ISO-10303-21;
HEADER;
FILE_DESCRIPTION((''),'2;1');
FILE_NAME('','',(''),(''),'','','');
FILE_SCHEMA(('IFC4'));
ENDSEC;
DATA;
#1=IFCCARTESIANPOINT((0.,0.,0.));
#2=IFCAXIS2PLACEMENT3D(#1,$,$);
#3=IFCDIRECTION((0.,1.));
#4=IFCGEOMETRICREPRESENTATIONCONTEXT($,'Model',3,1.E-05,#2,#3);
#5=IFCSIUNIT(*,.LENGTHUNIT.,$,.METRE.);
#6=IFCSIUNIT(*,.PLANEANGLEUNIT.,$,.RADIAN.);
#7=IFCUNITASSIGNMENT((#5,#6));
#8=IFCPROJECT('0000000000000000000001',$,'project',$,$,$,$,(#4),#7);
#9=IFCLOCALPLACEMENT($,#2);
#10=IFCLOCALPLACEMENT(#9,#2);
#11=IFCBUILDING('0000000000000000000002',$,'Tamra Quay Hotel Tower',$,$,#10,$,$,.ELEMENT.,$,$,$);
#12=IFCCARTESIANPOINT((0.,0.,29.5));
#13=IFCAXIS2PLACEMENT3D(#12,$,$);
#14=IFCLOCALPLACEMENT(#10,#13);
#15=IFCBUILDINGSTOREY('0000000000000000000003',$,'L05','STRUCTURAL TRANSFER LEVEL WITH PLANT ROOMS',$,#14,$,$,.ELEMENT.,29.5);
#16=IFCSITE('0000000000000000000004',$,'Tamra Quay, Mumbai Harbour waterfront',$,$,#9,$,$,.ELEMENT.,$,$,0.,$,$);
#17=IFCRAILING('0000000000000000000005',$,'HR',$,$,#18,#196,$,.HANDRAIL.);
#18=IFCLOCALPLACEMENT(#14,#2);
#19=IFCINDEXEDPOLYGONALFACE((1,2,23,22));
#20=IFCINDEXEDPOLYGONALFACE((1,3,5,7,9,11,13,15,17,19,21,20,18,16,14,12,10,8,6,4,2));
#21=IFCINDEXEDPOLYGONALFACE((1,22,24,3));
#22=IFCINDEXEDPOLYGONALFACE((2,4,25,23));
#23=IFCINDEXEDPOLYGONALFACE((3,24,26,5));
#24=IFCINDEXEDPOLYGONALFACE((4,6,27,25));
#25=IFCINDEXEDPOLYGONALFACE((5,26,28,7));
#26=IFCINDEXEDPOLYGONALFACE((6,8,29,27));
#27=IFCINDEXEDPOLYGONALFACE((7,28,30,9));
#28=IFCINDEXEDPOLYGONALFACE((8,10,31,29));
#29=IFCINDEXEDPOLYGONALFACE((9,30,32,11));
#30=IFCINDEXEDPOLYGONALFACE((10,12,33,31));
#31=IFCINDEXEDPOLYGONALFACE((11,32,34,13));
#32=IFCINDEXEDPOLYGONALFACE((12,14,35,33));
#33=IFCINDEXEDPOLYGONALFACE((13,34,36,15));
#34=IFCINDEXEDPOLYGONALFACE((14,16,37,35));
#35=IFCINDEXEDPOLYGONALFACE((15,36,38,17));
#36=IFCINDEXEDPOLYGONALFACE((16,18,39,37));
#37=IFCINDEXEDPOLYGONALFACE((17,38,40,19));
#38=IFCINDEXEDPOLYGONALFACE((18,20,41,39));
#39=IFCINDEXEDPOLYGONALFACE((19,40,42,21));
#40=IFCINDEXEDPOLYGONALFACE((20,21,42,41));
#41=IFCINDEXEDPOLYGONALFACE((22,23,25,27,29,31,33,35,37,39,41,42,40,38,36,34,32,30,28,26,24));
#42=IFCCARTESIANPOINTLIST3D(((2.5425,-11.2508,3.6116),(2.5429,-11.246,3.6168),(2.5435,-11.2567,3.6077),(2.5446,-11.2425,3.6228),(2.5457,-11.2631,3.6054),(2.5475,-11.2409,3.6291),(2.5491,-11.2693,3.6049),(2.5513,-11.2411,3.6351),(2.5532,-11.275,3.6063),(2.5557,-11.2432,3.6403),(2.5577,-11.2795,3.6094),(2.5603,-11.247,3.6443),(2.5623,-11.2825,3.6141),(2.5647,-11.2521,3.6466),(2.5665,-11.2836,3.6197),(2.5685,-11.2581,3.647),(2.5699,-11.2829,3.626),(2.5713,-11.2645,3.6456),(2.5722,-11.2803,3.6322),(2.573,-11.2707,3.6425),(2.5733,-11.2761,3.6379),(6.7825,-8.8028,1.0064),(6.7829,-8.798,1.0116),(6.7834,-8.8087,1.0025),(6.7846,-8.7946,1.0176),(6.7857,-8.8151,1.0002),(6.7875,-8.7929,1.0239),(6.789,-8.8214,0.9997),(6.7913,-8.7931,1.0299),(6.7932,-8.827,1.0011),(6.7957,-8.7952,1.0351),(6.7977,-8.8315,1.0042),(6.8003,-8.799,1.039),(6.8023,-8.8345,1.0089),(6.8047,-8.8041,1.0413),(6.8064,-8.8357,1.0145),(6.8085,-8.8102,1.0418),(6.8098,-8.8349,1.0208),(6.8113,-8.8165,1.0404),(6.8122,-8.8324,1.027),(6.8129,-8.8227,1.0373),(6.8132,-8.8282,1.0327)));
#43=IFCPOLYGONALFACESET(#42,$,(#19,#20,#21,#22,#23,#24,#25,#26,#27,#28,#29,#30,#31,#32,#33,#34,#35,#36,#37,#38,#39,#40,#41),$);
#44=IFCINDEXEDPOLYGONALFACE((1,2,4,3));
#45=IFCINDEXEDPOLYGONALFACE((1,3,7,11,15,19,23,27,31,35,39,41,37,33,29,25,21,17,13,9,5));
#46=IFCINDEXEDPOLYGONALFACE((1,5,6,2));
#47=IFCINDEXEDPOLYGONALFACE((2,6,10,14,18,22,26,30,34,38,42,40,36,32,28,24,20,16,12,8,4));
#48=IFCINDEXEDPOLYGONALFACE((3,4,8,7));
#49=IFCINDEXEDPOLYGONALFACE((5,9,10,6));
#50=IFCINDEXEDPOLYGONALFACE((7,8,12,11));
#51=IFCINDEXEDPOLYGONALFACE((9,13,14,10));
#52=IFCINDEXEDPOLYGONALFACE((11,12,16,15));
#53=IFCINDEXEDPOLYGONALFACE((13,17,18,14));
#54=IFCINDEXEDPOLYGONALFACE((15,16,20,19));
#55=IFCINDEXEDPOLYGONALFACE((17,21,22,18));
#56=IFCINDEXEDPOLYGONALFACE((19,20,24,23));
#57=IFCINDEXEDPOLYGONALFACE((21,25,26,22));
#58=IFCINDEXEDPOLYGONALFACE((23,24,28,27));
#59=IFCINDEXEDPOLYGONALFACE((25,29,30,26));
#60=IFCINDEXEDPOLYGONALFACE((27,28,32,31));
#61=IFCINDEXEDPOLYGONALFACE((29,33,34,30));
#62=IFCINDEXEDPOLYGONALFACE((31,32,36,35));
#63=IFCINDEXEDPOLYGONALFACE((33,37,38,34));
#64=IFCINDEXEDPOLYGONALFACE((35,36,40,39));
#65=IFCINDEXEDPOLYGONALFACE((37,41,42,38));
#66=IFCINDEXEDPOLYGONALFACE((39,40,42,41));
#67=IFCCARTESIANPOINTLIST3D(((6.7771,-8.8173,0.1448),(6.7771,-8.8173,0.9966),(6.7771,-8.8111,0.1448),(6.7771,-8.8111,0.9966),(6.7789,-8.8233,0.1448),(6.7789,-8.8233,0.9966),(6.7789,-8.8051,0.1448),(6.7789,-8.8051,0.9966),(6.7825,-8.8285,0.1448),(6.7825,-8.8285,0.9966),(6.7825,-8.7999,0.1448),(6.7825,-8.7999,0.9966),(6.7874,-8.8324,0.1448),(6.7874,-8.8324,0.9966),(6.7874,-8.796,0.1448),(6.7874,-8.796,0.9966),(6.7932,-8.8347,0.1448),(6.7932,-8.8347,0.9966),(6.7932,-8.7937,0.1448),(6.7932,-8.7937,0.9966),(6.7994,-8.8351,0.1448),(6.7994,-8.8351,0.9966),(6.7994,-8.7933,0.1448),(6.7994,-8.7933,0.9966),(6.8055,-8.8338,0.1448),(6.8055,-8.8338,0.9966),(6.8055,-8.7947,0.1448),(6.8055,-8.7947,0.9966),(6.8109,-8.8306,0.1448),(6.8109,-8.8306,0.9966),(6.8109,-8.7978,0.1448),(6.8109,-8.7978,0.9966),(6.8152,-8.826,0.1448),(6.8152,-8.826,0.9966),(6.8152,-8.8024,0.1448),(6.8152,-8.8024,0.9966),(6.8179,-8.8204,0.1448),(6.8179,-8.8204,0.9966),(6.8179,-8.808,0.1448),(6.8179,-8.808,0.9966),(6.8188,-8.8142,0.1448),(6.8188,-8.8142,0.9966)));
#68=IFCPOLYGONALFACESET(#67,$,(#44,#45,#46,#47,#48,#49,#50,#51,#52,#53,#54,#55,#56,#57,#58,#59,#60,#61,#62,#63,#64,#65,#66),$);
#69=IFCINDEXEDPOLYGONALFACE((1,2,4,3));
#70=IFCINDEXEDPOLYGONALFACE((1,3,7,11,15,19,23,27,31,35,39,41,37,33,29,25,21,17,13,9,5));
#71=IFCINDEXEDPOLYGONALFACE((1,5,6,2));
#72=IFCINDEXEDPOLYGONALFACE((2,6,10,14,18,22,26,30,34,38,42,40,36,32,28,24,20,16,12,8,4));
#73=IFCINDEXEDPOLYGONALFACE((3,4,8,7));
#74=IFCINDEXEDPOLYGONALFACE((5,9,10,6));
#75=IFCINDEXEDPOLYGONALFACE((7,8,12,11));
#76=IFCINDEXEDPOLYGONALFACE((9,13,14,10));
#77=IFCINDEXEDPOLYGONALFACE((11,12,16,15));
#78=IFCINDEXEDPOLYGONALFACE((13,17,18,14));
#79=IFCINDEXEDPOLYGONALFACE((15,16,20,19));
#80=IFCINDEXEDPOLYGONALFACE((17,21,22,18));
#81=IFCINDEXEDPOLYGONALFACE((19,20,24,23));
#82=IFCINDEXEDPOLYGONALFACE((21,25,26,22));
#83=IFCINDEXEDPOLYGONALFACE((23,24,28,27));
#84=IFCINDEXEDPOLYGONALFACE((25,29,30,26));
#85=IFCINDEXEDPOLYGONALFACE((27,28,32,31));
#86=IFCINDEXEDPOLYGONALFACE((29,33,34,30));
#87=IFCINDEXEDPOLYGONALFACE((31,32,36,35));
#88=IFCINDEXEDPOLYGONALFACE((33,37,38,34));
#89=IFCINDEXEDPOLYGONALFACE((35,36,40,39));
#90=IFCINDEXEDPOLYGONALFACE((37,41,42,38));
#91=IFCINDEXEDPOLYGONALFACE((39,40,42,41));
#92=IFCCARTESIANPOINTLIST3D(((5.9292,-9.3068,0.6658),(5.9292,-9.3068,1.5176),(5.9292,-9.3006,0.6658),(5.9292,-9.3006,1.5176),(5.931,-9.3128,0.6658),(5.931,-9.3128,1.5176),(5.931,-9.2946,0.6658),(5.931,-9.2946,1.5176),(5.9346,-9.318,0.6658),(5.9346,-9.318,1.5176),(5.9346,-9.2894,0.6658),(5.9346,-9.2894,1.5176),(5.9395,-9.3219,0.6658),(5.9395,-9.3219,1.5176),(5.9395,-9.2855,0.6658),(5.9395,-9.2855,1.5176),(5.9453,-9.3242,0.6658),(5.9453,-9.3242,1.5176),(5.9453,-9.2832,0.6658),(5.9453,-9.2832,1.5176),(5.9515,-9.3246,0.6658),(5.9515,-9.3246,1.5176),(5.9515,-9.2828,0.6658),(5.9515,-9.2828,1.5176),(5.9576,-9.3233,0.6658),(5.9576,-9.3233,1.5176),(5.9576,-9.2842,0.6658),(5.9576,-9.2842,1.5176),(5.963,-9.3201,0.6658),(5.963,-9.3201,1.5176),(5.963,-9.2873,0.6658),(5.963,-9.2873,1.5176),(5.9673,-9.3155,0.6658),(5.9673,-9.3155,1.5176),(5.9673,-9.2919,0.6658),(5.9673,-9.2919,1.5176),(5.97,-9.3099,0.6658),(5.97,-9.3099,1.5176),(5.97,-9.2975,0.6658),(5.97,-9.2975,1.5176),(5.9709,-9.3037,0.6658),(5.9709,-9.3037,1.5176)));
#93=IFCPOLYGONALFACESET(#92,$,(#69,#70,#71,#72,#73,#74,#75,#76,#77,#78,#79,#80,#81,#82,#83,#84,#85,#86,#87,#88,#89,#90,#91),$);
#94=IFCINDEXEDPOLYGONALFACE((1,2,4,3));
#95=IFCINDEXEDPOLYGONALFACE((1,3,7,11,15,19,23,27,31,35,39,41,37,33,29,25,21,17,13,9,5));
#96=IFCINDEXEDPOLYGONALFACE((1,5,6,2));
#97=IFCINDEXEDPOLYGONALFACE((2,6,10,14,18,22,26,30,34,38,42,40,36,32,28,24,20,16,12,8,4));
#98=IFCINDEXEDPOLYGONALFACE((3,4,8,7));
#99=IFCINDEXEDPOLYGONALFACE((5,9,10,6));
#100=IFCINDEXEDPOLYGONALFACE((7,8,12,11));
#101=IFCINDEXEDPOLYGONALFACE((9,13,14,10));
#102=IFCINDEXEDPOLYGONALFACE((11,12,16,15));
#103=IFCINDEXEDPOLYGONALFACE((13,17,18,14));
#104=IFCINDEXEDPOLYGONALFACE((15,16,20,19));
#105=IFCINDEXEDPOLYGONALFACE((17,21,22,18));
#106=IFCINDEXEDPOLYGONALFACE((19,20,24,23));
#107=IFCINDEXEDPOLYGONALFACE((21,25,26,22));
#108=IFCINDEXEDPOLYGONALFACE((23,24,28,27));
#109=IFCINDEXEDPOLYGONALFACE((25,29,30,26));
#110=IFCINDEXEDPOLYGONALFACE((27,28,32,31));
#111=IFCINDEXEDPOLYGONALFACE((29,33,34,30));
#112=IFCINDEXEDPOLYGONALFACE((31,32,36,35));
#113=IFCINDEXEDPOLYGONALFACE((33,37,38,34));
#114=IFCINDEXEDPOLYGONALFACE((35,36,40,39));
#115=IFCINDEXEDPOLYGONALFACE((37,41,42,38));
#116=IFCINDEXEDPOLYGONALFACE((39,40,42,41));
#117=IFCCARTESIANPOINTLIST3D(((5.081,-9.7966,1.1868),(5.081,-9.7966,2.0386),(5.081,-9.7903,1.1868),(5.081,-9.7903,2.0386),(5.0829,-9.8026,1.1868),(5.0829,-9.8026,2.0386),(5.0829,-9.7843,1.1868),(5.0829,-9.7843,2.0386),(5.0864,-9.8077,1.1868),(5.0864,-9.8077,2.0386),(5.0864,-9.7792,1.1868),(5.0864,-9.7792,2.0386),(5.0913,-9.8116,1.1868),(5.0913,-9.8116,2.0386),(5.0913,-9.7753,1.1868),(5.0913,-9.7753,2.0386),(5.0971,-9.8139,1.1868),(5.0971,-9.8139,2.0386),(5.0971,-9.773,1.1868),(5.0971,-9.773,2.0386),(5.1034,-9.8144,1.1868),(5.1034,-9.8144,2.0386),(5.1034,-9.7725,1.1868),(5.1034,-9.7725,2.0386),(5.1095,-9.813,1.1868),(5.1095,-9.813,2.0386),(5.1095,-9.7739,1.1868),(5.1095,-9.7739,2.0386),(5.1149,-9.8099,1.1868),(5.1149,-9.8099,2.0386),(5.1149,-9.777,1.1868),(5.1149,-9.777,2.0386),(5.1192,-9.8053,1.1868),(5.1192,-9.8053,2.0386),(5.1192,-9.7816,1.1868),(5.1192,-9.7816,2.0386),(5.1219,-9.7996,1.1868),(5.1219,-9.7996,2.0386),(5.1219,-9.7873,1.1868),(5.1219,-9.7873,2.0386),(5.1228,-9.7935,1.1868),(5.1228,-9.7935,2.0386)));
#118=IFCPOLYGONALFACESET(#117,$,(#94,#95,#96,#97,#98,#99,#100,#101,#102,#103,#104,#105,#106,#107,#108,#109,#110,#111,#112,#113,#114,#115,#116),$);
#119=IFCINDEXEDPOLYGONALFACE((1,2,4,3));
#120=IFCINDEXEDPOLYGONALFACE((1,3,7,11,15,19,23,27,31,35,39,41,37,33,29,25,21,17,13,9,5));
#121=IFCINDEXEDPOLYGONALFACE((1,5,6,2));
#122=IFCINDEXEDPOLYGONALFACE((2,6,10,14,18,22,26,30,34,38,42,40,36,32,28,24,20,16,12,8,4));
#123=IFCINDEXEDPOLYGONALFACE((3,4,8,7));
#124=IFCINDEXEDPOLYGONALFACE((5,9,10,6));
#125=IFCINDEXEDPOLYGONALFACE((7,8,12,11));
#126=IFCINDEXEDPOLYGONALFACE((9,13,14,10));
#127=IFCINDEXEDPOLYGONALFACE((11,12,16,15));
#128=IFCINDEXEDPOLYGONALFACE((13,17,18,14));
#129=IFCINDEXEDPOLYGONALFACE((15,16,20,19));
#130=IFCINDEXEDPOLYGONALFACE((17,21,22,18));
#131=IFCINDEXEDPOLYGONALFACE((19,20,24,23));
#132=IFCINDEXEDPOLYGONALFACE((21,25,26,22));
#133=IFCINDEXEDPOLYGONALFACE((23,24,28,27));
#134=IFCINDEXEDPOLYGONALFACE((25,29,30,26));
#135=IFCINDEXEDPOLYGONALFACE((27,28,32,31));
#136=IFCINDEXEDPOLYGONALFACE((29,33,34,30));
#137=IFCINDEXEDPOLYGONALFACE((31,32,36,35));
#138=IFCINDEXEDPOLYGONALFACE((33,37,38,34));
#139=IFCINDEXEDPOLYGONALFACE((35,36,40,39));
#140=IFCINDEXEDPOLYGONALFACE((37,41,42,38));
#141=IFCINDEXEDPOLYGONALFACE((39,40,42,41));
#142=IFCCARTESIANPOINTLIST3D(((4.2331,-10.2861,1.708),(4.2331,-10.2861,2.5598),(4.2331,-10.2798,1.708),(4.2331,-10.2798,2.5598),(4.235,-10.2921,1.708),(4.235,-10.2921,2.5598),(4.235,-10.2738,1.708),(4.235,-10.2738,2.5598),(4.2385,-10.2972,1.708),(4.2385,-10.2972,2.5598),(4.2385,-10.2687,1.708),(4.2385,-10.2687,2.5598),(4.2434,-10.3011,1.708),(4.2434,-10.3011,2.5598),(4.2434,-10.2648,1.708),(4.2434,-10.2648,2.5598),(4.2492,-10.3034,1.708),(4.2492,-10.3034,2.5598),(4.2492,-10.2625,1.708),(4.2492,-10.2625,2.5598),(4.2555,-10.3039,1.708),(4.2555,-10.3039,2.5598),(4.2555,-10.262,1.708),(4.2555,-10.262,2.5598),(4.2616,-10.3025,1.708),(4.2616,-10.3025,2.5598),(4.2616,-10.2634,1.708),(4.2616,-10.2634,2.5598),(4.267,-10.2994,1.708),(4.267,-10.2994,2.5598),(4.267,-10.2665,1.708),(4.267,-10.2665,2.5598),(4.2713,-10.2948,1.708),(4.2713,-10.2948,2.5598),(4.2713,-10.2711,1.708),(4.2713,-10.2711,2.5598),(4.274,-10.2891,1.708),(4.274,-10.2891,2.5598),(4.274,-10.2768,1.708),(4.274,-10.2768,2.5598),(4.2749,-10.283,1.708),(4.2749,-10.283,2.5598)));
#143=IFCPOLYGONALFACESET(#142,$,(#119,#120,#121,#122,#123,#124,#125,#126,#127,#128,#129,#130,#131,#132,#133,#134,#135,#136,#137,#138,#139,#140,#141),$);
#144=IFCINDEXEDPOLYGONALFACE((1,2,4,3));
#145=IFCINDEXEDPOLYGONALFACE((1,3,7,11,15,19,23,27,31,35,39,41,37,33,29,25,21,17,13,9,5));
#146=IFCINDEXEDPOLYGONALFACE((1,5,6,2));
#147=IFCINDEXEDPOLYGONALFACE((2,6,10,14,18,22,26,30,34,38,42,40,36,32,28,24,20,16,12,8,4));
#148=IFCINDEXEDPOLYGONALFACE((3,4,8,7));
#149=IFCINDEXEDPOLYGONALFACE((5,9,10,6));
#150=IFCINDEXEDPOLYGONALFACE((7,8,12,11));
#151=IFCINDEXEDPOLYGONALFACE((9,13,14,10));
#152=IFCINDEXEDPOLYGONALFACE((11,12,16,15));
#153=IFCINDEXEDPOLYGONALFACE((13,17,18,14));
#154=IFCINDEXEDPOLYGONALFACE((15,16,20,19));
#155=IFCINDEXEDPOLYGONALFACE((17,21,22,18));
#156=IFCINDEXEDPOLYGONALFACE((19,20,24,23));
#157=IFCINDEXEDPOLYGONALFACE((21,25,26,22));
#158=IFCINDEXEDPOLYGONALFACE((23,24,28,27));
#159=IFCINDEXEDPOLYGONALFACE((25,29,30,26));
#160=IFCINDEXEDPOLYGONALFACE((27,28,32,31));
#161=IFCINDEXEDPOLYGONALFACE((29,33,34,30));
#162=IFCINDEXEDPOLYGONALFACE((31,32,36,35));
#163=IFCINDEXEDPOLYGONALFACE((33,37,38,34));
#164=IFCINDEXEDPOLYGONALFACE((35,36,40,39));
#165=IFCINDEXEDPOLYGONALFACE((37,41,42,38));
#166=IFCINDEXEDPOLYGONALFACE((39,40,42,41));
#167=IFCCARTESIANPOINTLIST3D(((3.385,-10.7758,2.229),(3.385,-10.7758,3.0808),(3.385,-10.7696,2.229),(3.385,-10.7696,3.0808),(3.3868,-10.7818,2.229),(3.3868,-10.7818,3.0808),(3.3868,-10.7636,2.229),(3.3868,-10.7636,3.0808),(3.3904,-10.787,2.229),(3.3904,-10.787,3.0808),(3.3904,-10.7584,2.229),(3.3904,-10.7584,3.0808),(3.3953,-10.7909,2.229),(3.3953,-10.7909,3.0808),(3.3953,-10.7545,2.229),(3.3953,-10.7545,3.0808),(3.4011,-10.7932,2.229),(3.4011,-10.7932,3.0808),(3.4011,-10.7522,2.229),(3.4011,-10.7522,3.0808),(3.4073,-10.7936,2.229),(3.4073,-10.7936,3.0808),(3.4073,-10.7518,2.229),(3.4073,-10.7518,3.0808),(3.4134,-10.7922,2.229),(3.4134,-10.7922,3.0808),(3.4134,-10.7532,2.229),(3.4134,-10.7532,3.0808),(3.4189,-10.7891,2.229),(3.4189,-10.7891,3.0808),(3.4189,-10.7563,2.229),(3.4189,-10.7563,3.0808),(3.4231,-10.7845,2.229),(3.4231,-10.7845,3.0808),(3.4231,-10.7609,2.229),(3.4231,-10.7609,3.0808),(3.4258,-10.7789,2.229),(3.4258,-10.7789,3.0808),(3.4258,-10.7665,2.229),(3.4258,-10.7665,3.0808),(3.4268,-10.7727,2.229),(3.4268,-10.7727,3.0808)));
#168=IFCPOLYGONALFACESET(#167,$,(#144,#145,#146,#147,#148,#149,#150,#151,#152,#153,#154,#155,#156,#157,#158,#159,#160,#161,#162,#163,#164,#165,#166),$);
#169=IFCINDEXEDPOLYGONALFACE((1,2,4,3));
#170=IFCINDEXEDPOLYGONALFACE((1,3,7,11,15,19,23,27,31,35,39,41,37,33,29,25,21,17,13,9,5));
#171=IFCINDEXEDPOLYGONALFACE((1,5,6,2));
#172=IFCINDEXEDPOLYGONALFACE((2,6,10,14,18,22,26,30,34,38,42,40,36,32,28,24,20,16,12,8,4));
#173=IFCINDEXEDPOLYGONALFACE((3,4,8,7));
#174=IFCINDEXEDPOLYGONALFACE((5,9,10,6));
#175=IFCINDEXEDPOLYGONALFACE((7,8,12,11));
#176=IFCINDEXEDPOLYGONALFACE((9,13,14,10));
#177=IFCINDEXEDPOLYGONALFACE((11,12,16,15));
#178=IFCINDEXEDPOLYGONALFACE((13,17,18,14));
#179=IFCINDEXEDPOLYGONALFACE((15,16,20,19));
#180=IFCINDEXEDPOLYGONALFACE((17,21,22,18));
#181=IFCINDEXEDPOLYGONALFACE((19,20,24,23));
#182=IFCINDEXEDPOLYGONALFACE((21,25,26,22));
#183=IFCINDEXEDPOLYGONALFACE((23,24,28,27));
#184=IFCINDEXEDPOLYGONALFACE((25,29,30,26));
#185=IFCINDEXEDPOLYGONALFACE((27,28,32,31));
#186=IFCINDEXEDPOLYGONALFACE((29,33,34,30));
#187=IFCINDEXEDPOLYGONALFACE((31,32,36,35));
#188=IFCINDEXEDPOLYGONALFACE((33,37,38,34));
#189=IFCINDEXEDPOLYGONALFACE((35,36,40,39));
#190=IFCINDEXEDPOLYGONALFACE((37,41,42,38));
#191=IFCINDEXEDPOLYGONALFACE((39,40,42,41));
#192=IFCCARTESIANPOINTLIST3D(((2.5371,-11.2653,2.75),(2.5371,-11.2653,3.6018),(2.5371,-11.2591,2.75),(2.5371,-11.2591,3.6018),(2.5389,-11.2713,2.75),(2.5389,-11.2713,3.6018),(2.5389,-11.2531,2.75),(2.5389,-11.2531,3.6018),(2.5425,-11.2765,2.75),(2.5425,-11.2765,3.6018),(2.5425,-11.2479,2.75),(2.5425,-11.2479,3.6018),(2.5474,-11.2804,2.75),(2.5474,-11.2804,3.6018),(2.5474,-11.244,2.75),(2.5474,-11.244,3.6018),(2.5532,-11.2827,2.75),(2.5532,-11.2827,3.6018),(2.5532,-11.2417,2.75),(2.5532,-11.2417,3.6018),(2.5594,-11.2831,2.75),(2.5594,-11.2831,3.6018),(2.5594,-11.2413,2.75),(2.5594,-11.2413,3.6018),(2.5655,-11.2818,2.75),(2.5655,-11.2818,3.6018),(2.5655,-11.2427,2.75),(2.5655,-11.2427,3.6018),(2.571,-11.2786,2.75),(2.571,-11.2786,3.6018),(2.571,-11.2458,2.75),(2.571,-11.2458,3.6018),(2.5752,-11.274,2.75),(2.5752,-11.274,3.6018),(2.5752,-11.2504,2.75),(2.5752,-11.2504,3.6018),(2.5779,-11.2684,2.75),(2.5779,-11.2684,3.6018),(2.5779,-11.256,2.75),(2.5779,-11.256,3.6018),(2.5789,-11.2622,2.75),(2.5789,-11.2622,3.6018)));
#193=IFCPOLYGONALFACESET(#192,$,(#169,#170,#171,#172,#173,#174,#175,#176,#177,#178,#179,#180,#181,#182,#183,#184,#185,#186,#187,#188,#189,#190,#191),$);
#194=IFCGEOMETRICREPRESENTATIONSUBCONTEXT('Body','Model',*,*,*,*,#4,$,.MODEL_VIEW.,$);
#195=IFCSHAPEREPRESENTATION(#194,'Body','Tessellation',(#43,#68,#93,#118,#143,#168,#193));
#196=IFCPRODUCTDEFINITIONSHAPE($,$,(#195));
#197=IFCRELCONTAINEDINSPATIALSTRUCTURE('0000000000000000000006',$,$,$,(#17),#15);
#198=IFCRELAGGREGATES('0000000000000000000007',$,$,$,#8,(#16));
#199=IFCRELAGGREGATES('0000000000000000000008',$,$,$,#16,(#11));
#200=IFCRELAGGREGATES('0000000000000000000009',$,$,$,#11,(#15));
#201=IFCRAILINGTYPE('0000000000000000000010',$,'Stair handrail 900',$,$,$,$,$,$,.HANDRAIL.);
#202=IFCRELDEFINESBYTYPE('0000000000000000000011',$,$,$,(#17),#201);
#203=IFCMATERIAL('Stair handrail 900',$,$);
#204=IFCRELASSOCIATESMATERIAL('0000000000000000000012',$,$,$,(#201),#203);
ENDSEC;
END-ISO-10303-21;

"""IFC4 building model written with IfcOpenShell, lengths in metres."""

from ifc_helpers import new_model, si_unit, direction, frame, origin, origin_2d, place, context, subcontext, project, spatial, circle, extrude, material, type_object, element, save


model = new_model("IFC4")

# Units and contexts
model_context = context("Model", 3, precision=1e-05, world=origin(), true_north=direction((0.0, 1.0)))
body_context = subcontext(model_context, "Body", "Model", "MODEL_VIEW")
ifc_project = project(units=[si_unit("LENGTHUNIT", "METRE"), si_unit("PLANEANGLEUNIT", "RADIAN")], contexts=[model_context])

# Site, building, storey
site_placement = place(None, origin())
site = spatial("IfcSite", under=ifc_project, at=site_placement, Name="Tamra Quay, Mumbai Harbour waterfront", CompositionType="ELEMENT", RefElevation=0.0)
building_placement = place(site_placement, origin())
building = spatial("IfcBuilding", under=site, at=building_placement, Name="Tamra Quay Hotel Tower", CompositionType="ELEMENT")
storey_placement = place(building_placement, frame((0.0, 0.0, 29.5)))
storey = spatial("IfcBuildingStorey", under=building, at=storey_placement, Name="L05", Description="STRUCTURAL TRANSFER LEVEL WITH PLANT ROOMS", CompositionType="ELEMENT", Elevation=29.5)

# Railing
ifc_material_1 = material(Name="Stair handrail 900")
railing_type_1 = type_object("IfcRailingType", Name="Stair handrail 900", PredefinedType="HANDRAIL", material=ifc_material_1)
railing_1_placement = place(storey_placement, frame((6.7979, -8.8142, 0.1448)))
element("IfcRailing", 1, at=railing_1_placement, inside=storey, type_object=railing_type_1, Name="HR", PredefinedType="HANDRAIL", context=body_context, shape_type="SweptSolid", body=[
    extrude(circle(Radius=0.0239, at=origin_2d()), frame((0.0, 0.0, 0.876), z_axis=(-0.764522, -0.441404, 0.469754), x_axis=(0.500006, -0.866022, 0.0)), (0.0, 0.0, 1.0), 5.5459),
    extrude(circle(Radius=0.021, at=origin_2d()), origin(), (0.0, 0.0, 1.0), 0.8518),
    extrude(circle(Radius=0.021, at=origin_2d()), frame((-0.8479, -0.4895, 0.521)), (0.0, 0.0, 1.0), 0.8518),
    extrude(circle(Radius=0.021, at=origin_2d()), frame((-1.696, -0.9792, 1.042)), (0.0, 0.0, 1.0), 0.8518),
    extrude(circle(Radius=0.021, at=origin_2d()), frame((-2.5439, -1.4688, 1.5632)), (0.0, 0.0, 1.0), 0.8518),
    extrude(circle(Radius=0.021, at=origin_2d()), frame((-3.3921, -1.9585, 2.0842)), (0.0, 0.0, 1.0), 0.8518),
    extrude(circle(Radius=0.021, at=origin_2d()), frame((-4.24, -2.448, 2.6052)), (0.0, 0.0, 1.0), 0.8518),
])

save(model, "model.ifc")
